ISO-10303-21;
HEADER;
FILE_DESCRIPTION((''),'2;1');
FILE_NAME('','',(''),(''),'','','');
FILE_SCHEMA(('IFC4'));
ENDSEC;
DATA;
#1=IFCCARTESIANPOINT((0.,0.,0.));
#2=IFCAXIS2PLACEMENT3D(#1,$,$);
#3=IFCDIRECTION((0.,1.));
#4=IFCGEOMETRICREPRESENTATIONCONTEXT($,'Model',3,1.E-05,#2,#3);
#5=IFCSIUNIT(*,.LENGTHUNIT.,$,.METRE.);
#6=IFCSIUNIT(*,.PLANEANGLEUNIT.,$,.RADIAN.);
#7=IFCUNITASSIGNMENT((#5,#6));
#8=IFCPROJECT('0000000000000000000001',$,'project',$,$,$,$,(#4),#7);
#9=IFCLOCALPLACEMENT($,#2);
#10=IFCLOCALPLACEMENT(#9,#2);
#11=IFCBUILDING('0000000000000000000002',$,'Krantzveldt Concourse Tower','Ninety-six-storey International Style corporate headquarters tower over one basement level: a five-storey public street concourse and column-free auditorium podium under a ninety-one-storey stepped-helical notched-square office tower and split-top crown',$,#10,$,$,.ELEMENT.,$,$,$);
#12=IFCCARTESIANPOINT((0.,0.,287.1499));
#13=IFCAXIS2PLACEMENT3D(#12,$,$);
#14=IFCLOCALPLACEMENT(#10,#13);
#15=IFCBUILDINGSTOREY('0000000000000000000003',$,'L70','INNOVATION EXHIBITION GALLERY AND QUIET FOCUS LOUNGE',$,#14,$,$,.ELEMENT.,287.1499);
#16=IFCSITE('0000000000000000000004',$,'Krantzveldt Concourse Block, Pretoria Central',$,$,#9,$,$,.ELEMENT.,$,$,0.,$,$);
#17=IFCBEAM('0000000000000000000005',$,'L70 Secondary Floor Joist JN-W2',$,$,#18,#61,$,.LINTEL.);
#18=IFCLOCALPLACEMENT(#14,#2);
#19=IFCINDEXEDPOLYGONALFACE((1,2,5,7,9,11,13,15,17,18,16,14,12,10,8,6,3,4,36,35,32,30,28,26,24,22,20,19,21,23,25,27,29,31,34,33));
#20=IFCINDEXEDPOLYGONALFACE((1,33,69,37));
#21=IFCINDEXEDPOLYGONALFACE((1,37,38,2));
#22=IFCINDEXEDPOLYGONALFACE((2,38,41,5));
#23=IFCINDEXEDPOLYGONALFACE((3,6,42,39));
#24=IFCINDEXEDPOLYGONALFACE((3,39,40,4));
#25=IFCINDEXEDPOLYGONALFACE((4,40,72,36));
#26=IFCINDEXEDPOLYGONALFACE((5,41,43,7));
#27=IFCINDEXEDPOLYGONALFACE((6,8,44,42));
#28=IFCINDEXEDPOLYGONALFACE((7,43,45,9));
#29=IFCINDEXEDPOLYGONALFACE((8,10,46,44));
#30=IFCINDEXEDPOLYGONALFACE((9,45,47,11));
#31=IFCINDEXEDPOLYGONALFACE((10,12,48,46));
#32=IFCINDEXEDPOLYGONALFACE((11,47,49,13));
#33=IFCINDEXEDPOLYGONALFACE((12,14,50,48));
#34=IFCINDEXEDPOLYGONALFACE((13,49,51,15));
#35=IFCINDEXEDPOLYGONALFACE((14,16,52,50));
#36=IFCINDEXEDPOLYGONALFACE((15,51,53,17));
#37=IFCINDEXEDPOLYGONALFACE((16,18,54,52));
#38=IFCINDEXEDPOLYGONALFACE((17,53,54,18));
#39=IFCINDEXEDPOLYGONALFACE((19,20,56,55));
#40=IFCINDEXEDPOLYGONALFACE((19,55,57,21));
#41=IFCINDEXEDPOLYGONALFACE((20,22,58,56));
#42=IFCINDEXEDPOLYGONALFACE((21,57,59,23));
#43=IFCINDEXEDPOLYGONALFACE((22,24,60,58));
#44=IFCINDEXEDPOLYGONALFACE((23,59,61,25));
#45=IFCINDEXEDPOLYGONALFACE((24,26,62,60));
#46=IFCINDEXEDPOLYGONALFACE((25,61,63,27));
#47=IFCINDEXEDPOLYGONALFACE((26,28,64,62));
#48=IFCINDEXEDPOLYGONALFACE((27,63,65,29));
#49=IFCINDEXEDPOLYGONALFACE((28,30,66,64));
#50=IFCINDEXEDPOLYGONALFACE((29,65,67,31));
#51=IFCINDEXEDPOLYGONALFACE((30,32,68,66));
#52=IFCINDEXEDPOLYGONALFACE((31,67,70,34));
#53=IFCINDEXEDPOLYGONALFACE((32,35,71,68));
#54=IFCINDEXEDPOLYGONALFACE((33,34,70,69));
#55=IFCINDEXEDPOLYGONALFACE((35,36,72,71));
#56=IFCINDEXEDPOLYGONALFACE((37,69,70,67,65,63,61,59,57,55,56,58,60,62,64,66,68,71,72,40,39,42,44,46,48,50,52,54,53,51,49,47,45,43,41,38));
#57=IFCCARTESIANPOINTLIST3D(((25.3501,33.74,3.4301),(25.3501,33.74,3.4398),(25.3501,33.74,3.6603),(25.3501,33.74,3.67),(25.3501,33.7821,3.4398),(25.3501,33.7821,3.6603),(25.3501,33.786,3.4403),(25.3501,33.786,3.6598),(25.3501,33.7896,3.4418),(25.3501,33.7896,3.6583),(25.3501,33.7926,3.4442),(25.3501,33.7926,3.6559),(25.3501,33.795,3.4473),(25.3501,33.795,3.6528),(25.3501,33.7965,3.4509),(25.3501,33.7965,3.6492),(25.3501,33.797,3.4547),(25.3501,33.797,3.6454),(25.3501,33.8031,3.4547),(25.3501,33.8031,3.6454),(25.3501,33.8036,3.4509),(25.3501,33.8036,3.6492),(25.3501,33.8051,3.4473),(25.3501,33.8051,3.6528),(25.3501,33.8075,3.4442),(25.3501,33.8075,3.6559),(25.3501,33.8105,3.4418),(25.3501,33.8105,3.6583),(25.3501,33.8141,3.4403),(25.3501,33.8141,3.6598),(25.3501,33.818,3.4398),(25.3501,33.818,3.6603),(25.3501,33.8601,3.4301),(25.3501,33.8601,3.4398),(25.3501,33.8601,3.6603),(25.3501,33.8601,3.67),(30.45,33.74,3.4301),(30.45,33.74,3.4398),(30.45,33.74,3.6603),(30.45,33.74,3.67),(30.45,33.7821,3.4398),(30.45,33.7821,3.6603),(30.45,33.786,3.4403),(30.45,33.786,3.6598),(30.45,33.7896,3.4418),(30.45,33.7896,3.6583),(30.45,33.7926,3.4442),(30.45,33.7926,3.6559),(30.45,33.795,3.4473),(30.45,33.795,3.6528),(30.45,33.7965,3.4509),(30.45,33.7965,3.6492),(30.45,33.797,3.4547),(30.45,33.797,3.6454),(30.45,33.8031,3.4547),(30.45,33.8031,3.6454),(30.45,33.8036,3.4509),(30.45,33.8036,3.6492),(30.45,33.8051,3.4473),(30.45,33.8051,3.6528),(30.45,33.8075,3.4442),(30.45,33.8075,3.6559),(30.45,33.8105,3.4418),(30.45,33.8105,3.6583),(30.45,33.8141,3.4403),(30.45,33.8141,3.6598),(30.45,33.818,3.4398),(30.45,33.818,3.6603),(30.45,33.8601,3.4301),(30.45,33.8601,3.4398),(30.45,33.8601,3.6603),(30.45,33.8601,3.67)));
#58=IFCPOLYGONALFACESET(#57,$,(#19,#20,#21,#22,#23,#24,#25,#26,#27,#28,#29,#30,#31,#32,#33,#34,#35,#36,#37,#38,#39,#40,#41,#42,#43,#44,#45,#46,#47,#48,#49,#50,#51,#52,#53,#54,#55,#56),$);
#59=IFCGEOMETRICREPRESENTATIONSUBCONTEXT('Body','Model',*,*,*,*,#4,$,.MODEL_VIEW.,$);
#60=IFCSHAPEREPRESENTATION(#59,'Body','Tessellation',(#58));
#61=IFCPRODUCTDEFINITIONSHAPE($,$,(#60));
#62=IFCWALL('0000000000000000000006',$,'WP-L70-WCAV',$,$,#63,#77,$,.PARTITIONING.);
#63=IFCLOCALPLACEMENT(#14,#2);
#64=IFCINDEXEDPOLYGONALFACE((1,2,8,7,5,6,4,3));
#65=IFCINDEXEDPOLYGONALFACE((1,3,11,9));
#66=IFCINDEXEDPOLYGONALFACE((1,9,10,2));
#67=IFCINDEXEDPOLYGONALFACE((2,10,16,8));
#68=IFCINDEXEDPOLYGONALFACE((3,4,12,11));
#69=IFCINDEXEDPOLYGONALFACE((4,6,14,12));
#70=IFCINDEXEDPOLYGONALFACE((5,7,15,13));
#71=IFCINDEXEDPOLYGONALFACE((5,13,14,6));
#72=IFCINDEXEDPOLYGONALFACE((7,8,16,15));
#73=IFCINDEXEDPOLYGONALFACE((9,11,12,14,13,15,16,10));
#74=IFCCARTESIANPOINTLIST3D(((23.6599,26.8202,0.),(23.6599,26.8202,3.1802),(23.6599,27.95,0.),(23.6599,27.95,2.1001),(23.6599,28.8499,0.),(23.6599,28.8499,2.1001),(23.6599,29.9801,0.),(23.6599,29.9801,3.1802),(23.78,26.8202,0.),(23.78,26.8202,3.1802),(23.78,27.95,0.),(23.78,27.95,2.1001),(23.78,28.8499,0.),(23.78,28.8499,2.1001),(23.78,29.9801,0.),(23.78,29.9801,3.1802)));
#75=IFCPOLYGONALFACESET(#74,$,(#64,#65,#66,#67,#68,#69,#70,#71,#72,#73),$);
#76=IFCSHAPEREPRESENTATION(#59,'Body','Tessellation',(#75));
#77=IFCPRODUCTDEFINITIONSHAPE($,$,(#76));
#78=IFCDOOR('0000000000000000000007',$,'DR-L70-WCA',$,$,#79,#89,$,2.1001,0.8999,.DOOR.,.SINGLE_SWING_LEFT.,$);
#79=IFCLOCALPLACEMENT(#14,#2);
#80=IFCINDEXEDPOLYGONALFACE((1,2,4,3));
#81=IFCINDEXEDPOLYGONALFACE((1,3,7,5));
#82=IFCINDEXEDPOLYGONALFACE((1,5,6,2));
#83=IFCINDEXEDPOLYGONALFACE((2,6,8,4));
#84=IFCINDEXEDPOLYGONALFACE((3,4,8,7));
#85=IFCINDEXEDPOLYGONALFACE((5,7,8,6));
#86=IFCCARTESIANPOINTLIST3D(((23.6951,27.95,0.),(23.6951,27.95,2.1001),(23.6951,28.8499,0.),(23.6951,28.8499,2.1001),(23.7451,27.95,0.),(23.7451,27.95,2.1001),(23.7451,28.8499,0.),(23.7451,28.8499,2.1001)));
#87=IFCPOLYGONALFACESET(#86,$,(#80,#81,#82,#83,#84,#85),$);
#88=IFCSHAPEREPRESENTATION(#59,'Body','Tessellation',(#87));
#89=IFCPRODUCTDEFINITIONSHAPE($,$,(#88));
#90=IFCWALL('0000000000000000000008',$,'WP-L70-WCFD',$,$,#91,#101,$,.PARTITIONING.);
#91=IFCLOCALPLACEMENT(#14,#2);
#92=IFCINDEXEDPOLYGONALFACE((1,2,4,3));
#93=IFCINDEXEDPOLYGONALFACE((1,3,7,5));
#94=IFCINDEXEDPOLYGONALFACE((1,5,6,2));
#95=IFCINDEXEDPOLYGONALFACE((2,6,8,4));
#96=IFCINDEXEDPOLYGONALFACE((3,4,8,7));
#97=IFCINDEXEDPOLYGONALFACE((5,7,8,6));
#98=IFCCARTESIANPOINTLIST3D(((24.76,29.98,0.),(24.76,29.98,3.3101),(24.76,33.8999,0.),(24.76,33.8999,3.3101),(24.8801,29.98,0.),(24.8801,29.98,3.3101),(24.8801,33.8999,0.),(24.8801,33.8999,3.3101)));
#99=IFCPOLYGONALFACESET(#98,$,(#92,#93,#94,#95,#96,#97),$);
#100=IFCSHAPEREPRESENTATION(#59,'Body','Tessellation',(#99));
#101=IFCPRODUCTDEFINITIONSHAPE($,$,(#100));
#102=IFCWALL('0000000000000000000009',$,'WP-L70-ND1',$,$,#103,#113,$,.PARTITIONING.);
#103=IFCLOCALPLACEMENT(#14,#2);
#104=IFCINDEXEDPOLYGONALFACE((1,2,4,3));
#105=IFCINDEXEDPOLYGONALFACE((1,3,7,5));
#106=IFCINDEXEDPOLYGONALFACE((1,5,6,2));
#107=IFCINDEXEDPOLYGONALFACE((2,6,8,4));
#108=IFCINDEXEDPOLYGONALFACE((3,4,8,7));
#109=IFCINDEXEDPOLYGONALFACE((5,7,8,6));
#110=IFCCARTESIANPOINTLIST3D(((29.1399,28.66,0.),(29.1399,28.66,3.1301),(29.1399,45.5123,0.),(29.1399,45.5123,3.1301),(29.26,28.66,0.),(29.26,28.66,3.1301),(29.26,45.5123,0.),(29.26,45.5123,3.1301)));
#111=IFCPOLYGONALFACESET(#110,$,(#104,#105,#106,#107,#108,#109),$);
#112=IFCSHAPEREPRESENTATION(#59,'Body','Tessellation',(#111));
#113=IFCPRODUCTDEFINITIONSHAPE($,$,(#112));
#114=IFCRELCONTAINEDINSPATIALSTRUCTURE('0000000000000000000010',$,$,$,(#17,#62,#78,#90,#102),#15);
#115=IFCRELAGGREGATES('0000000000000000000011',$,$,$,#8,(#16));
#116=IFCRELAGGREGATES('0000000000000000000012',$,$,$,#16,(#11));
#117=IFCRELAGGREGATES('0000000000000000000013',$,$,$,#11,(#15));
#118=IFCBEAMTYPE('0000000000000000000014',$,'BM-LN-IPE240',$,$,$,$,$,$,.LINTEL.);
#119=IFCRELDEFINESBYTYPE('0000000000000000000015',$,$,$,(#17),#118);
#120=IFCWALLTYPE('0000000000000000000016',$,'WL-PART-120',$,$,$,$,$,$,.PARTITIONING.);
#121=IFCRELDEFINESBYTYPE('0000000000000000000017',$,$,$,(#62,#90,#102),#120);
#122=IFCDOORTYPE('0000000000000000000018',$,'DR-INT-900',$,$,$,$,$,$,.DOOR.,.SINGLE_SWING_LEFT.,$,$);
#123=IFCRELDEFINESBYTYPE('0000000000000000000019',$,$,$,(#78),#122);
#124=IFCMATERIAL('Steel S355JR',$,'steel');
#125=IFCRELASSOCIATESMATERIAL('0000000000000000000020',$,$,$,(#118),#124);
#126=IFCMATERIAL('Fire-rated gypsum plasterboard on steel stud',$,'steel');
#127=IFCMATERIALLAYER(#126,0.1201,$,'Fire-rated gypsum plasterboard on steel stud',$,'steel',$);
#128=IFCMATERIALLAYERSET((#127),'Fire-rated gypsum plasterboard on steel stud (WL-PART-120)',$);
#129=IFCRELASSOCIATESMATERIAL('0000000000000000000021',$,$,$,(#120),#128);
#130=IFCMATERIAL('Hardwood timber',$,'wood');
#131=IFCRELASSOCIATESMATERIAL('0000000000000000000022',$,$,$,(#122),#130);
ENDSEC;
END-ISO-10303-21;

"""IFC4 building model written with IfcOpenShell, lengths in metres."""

from ifc_helpers import new_model, si_unit, direction, frame, frame_2d, origin, origin_2d, place, context, subcontext, project, spatial, rectangle, i_section, extrude, source, transform, mapped, material, layer, layer_set, material_profile, profile_set, type_object, type_shapes, element, fill, save


model = new_model("IFC4")

# Units and contexts
model_context = context("Model", 3, precision=1e-05, world=origin(), true_north=direction((0.0, 1.0)))
body_context = subcontext(model_context, "Body", "Model", "MODEL_VIEW")
ifc_project = project(units=[si_unit("LENGTHUNIT", "METRE"), si_unit("PLANEANGLEUNIT", "RADIAN")], contexts=[model_context])

# Site, building, storey
site_placement = place(None, origin())
site = spatial("IfcSite", under=ifc_project, at=site_placement, Name="Krantzveldt Concourse Block, Pretoria Central", CompositionType="ELEMENT", RefElevation=0.0)
building_placement = place(site_placement, origin())
building = spatial("IfcBuilding", under=site, at=building_placement, Name="Krantzveldt Concourse Tower", Description="Ninety-six-storey International Style corporate headquarters tower over one basement level: a five-storey public street concourse and column-free auditorium podium under a ninety-one-storey stepped-helical notched-square office tower and split-top crown", CompositionType="ELEMENT")
storey_placement = place(building_placement, frame((0.0, 0.0, 287.1499)))
storey = spatial("IfcBuildingStorey", under=building, at=storey_placement, Name="L70", Description="INNOVATION EXHIBITION GALLERY AND QUIET FOCUS LOUNGE", CompositionType="ELEMENT", Elevation=287.1499)

# Beam
ifc_material_1 = material(Name="Steel S355JR", Category="steel")
ifc_material_profile_1 = material_profile(ifc_material_1, i_section(OverallWidth=0.1201, OverallDepth=0.24, WebThickness=0.0061, FlangeThickness=0.0098, FilletRadius=0.0149, at=origin_2d()), Name="Steel S355JR", Category="steel")
ifc_profile_set_1 = profile_set([ifc_material_profile_1], Name="Steel S355JR - IPE 240")
beam_type_1 = type_object("IfcBeamType", Name="BM-LN-IPE240", PredefinedType="LINTEL", material=ifc_profile_set_1)
shared_shape_1 = source(origin(), body_context, "Body", "SweptSolid", [
    extrude(i_section(OverallWidth=0.1201, OverallDepth=0.24, WebThickness=0.0061, FlangeThickness=0.0098, FilletRadius=0.0149, at=origin_2d()), origin(), (0.0, 0.0, 1.0), 5.0999),
])
type_shapes(beam_type_1, [shared_shape_1])
for number, where, z_axis, x_axis, name in (
    (1, (25.3501, 33.8, 3.55), (1.0, 0.0, 0.0), (0.0, 1.0, 0.0), "L70 Secondary Floor Joist JN-W2"),
):
    element("IfcBeam", number, at=place(storey_placement, frame(where, z_axis=z_axis, x_axis=x_axis)), inside=storey, type_object=beam_type_1, Name=name, PredefinedType="LINTEL", context=body_context, shape_type="MappedRepresentation", body=[
        mapped(shared_shape_1, transform((0.0, 0.0, 0.0), x_axis=(1.0, 0.0, 0.0), y_axis=(0.0, 1.0, 0.0), z_axis=(0.0, 0.0, 1.0), scale=1.0)),
    ])

# Wall, opening, door
ifc_material_2 = material(Name="Fire-rated gypsum plasterboard on steel stud", Category="steel")
ifc_layer_1 = layer(ifc_material_2, 0.1201, Name="Fire-rated gypsum plasterboard on steel stud", Category="steel")
ifc_layer_set_1 = layer_set([ifc_layer_1], Name="Fire-rated gypsum plasterboard on steel stud (WL-PART-120)")
wall_type_1 = type_object("IfcWallType", Name="WL-PART-120", PredefinedType="PARTITIONING", material=ifc_layer_set_1)
wall_1_placement = place(storey_placement, frame((23.72, 26.8201, 0.0), z_axis=(0.0, 0.0, 1.0), x_axis=(0.0, 1.0, 0.0)))
wall_1 = element("IfcWall", 2, at=wall_1_placement, inside=storey, type_object=wall_type_1, Name="WP-L70-WCAV", PredefinedType="PARTITIONING", context=body_context, shape_type="SweptSolid", body=[
    extrude(rectangle(XDim=3.1599, YDim=0.1201, at=frame_2d((1.5801, 0.0))), origin(), (0.0, 0.0, 1.0), 3.1802),
])
opening_1_placement = place(wall_1_placement, frame((1.1299, 0.0, 0.0)))
opening_1 = element("IfcOpeningElement", 3, at=opening_1_placement, cuts=wall_1, PredefinedType="OPENING", context=body_context, shape_type="SweptSolid", body=[
    extrude(rectangle(XDim=0.8999, YDim=2.1001, at=frame_2d((0.45, 1.05))), frame((0.0, 0.0701, 0.0), z_axis=(0.0, -1.0, 0.0), x_axis=(1.0, 0.0, 0.0)), (0.0, 0.0, 1.0), 0.1401),
])
ifc_material_3 = material(Name="Hardwood timber", Category="wood")
door_type_1 = type_object("IfcDoorType", Name="DR-INT-900", OperationType="SINGLE_SWING_LEFT", PredefinedType="DOOR", material=ifc_material_3)
door_1_placement = place(opening_1_placement, origin())
door_1 = element("IfcDoor", 4, at=door_1_placement, inside=storey, type_object=door_type_1, Name="DR-L70-WCA", OperationType="SINGLE_SWING_LEFT", OverallHeight=2.1001, OverallWidth=0.8999, PredefinedType="DOOR", context=body_context, shape_type="SweptSolid", body=[
    extrude(rectangle(XDim=0.8999, YDim=2.1001, at=frame_2d((0.45, 1.05))), frame((0.0, 0.0249, 0.0), z_axis=(0.0, -1.0, 0.0), x_axis=(1.0, 0.0, 0.0)), (0.0, 0.0, 1.0), 0.05),
])
fill(opening_1, door_1)

# Walls
wall_2_placement = place(storey_placement, frame((24.8201, 29.98, 0.0), z_axis=(0.0, 0.0, 1.0), x_axis=(0.0, 1.0, 0.0)))
element("IfcWall", 5, at=wall_2_placement, inside=storey, type_object=wall_type_1, Name="WP-L70-WCFD", PredefinedType="PARTITIONING", context=body_context, shape_type="SweptSolid", body=[
    extrude(rectangle(XDim=3.9199, YDim=0.1201, at=frame_2d((1.96, 0.0))), origin(), (0.0, 0.0, 1.0), 3.3101),
])
wall_3_placement = place(storey_placement, frame((29.2, 28.6599, 0.0), z_axis=(0.0, 0.0, 1.0), x_axis=(0.0, 1.0, 0.0)))
element("IfcWall", 6, at=wall_3_placement, inside=storey, type_object=wall_type_1, Name="WP-L70-ND1", PredefinedType="PARTITIONING", context=body_context, shape_type="SweptSolid", body=[
    extrude(rectangle(XDim=16.8523, YDim=0.1201, at=frame_2d((8.4263, 0.0))), origin(), (0.0, 0.0, 1.0), 3.1301),
])

save(model, "model.ifc")
